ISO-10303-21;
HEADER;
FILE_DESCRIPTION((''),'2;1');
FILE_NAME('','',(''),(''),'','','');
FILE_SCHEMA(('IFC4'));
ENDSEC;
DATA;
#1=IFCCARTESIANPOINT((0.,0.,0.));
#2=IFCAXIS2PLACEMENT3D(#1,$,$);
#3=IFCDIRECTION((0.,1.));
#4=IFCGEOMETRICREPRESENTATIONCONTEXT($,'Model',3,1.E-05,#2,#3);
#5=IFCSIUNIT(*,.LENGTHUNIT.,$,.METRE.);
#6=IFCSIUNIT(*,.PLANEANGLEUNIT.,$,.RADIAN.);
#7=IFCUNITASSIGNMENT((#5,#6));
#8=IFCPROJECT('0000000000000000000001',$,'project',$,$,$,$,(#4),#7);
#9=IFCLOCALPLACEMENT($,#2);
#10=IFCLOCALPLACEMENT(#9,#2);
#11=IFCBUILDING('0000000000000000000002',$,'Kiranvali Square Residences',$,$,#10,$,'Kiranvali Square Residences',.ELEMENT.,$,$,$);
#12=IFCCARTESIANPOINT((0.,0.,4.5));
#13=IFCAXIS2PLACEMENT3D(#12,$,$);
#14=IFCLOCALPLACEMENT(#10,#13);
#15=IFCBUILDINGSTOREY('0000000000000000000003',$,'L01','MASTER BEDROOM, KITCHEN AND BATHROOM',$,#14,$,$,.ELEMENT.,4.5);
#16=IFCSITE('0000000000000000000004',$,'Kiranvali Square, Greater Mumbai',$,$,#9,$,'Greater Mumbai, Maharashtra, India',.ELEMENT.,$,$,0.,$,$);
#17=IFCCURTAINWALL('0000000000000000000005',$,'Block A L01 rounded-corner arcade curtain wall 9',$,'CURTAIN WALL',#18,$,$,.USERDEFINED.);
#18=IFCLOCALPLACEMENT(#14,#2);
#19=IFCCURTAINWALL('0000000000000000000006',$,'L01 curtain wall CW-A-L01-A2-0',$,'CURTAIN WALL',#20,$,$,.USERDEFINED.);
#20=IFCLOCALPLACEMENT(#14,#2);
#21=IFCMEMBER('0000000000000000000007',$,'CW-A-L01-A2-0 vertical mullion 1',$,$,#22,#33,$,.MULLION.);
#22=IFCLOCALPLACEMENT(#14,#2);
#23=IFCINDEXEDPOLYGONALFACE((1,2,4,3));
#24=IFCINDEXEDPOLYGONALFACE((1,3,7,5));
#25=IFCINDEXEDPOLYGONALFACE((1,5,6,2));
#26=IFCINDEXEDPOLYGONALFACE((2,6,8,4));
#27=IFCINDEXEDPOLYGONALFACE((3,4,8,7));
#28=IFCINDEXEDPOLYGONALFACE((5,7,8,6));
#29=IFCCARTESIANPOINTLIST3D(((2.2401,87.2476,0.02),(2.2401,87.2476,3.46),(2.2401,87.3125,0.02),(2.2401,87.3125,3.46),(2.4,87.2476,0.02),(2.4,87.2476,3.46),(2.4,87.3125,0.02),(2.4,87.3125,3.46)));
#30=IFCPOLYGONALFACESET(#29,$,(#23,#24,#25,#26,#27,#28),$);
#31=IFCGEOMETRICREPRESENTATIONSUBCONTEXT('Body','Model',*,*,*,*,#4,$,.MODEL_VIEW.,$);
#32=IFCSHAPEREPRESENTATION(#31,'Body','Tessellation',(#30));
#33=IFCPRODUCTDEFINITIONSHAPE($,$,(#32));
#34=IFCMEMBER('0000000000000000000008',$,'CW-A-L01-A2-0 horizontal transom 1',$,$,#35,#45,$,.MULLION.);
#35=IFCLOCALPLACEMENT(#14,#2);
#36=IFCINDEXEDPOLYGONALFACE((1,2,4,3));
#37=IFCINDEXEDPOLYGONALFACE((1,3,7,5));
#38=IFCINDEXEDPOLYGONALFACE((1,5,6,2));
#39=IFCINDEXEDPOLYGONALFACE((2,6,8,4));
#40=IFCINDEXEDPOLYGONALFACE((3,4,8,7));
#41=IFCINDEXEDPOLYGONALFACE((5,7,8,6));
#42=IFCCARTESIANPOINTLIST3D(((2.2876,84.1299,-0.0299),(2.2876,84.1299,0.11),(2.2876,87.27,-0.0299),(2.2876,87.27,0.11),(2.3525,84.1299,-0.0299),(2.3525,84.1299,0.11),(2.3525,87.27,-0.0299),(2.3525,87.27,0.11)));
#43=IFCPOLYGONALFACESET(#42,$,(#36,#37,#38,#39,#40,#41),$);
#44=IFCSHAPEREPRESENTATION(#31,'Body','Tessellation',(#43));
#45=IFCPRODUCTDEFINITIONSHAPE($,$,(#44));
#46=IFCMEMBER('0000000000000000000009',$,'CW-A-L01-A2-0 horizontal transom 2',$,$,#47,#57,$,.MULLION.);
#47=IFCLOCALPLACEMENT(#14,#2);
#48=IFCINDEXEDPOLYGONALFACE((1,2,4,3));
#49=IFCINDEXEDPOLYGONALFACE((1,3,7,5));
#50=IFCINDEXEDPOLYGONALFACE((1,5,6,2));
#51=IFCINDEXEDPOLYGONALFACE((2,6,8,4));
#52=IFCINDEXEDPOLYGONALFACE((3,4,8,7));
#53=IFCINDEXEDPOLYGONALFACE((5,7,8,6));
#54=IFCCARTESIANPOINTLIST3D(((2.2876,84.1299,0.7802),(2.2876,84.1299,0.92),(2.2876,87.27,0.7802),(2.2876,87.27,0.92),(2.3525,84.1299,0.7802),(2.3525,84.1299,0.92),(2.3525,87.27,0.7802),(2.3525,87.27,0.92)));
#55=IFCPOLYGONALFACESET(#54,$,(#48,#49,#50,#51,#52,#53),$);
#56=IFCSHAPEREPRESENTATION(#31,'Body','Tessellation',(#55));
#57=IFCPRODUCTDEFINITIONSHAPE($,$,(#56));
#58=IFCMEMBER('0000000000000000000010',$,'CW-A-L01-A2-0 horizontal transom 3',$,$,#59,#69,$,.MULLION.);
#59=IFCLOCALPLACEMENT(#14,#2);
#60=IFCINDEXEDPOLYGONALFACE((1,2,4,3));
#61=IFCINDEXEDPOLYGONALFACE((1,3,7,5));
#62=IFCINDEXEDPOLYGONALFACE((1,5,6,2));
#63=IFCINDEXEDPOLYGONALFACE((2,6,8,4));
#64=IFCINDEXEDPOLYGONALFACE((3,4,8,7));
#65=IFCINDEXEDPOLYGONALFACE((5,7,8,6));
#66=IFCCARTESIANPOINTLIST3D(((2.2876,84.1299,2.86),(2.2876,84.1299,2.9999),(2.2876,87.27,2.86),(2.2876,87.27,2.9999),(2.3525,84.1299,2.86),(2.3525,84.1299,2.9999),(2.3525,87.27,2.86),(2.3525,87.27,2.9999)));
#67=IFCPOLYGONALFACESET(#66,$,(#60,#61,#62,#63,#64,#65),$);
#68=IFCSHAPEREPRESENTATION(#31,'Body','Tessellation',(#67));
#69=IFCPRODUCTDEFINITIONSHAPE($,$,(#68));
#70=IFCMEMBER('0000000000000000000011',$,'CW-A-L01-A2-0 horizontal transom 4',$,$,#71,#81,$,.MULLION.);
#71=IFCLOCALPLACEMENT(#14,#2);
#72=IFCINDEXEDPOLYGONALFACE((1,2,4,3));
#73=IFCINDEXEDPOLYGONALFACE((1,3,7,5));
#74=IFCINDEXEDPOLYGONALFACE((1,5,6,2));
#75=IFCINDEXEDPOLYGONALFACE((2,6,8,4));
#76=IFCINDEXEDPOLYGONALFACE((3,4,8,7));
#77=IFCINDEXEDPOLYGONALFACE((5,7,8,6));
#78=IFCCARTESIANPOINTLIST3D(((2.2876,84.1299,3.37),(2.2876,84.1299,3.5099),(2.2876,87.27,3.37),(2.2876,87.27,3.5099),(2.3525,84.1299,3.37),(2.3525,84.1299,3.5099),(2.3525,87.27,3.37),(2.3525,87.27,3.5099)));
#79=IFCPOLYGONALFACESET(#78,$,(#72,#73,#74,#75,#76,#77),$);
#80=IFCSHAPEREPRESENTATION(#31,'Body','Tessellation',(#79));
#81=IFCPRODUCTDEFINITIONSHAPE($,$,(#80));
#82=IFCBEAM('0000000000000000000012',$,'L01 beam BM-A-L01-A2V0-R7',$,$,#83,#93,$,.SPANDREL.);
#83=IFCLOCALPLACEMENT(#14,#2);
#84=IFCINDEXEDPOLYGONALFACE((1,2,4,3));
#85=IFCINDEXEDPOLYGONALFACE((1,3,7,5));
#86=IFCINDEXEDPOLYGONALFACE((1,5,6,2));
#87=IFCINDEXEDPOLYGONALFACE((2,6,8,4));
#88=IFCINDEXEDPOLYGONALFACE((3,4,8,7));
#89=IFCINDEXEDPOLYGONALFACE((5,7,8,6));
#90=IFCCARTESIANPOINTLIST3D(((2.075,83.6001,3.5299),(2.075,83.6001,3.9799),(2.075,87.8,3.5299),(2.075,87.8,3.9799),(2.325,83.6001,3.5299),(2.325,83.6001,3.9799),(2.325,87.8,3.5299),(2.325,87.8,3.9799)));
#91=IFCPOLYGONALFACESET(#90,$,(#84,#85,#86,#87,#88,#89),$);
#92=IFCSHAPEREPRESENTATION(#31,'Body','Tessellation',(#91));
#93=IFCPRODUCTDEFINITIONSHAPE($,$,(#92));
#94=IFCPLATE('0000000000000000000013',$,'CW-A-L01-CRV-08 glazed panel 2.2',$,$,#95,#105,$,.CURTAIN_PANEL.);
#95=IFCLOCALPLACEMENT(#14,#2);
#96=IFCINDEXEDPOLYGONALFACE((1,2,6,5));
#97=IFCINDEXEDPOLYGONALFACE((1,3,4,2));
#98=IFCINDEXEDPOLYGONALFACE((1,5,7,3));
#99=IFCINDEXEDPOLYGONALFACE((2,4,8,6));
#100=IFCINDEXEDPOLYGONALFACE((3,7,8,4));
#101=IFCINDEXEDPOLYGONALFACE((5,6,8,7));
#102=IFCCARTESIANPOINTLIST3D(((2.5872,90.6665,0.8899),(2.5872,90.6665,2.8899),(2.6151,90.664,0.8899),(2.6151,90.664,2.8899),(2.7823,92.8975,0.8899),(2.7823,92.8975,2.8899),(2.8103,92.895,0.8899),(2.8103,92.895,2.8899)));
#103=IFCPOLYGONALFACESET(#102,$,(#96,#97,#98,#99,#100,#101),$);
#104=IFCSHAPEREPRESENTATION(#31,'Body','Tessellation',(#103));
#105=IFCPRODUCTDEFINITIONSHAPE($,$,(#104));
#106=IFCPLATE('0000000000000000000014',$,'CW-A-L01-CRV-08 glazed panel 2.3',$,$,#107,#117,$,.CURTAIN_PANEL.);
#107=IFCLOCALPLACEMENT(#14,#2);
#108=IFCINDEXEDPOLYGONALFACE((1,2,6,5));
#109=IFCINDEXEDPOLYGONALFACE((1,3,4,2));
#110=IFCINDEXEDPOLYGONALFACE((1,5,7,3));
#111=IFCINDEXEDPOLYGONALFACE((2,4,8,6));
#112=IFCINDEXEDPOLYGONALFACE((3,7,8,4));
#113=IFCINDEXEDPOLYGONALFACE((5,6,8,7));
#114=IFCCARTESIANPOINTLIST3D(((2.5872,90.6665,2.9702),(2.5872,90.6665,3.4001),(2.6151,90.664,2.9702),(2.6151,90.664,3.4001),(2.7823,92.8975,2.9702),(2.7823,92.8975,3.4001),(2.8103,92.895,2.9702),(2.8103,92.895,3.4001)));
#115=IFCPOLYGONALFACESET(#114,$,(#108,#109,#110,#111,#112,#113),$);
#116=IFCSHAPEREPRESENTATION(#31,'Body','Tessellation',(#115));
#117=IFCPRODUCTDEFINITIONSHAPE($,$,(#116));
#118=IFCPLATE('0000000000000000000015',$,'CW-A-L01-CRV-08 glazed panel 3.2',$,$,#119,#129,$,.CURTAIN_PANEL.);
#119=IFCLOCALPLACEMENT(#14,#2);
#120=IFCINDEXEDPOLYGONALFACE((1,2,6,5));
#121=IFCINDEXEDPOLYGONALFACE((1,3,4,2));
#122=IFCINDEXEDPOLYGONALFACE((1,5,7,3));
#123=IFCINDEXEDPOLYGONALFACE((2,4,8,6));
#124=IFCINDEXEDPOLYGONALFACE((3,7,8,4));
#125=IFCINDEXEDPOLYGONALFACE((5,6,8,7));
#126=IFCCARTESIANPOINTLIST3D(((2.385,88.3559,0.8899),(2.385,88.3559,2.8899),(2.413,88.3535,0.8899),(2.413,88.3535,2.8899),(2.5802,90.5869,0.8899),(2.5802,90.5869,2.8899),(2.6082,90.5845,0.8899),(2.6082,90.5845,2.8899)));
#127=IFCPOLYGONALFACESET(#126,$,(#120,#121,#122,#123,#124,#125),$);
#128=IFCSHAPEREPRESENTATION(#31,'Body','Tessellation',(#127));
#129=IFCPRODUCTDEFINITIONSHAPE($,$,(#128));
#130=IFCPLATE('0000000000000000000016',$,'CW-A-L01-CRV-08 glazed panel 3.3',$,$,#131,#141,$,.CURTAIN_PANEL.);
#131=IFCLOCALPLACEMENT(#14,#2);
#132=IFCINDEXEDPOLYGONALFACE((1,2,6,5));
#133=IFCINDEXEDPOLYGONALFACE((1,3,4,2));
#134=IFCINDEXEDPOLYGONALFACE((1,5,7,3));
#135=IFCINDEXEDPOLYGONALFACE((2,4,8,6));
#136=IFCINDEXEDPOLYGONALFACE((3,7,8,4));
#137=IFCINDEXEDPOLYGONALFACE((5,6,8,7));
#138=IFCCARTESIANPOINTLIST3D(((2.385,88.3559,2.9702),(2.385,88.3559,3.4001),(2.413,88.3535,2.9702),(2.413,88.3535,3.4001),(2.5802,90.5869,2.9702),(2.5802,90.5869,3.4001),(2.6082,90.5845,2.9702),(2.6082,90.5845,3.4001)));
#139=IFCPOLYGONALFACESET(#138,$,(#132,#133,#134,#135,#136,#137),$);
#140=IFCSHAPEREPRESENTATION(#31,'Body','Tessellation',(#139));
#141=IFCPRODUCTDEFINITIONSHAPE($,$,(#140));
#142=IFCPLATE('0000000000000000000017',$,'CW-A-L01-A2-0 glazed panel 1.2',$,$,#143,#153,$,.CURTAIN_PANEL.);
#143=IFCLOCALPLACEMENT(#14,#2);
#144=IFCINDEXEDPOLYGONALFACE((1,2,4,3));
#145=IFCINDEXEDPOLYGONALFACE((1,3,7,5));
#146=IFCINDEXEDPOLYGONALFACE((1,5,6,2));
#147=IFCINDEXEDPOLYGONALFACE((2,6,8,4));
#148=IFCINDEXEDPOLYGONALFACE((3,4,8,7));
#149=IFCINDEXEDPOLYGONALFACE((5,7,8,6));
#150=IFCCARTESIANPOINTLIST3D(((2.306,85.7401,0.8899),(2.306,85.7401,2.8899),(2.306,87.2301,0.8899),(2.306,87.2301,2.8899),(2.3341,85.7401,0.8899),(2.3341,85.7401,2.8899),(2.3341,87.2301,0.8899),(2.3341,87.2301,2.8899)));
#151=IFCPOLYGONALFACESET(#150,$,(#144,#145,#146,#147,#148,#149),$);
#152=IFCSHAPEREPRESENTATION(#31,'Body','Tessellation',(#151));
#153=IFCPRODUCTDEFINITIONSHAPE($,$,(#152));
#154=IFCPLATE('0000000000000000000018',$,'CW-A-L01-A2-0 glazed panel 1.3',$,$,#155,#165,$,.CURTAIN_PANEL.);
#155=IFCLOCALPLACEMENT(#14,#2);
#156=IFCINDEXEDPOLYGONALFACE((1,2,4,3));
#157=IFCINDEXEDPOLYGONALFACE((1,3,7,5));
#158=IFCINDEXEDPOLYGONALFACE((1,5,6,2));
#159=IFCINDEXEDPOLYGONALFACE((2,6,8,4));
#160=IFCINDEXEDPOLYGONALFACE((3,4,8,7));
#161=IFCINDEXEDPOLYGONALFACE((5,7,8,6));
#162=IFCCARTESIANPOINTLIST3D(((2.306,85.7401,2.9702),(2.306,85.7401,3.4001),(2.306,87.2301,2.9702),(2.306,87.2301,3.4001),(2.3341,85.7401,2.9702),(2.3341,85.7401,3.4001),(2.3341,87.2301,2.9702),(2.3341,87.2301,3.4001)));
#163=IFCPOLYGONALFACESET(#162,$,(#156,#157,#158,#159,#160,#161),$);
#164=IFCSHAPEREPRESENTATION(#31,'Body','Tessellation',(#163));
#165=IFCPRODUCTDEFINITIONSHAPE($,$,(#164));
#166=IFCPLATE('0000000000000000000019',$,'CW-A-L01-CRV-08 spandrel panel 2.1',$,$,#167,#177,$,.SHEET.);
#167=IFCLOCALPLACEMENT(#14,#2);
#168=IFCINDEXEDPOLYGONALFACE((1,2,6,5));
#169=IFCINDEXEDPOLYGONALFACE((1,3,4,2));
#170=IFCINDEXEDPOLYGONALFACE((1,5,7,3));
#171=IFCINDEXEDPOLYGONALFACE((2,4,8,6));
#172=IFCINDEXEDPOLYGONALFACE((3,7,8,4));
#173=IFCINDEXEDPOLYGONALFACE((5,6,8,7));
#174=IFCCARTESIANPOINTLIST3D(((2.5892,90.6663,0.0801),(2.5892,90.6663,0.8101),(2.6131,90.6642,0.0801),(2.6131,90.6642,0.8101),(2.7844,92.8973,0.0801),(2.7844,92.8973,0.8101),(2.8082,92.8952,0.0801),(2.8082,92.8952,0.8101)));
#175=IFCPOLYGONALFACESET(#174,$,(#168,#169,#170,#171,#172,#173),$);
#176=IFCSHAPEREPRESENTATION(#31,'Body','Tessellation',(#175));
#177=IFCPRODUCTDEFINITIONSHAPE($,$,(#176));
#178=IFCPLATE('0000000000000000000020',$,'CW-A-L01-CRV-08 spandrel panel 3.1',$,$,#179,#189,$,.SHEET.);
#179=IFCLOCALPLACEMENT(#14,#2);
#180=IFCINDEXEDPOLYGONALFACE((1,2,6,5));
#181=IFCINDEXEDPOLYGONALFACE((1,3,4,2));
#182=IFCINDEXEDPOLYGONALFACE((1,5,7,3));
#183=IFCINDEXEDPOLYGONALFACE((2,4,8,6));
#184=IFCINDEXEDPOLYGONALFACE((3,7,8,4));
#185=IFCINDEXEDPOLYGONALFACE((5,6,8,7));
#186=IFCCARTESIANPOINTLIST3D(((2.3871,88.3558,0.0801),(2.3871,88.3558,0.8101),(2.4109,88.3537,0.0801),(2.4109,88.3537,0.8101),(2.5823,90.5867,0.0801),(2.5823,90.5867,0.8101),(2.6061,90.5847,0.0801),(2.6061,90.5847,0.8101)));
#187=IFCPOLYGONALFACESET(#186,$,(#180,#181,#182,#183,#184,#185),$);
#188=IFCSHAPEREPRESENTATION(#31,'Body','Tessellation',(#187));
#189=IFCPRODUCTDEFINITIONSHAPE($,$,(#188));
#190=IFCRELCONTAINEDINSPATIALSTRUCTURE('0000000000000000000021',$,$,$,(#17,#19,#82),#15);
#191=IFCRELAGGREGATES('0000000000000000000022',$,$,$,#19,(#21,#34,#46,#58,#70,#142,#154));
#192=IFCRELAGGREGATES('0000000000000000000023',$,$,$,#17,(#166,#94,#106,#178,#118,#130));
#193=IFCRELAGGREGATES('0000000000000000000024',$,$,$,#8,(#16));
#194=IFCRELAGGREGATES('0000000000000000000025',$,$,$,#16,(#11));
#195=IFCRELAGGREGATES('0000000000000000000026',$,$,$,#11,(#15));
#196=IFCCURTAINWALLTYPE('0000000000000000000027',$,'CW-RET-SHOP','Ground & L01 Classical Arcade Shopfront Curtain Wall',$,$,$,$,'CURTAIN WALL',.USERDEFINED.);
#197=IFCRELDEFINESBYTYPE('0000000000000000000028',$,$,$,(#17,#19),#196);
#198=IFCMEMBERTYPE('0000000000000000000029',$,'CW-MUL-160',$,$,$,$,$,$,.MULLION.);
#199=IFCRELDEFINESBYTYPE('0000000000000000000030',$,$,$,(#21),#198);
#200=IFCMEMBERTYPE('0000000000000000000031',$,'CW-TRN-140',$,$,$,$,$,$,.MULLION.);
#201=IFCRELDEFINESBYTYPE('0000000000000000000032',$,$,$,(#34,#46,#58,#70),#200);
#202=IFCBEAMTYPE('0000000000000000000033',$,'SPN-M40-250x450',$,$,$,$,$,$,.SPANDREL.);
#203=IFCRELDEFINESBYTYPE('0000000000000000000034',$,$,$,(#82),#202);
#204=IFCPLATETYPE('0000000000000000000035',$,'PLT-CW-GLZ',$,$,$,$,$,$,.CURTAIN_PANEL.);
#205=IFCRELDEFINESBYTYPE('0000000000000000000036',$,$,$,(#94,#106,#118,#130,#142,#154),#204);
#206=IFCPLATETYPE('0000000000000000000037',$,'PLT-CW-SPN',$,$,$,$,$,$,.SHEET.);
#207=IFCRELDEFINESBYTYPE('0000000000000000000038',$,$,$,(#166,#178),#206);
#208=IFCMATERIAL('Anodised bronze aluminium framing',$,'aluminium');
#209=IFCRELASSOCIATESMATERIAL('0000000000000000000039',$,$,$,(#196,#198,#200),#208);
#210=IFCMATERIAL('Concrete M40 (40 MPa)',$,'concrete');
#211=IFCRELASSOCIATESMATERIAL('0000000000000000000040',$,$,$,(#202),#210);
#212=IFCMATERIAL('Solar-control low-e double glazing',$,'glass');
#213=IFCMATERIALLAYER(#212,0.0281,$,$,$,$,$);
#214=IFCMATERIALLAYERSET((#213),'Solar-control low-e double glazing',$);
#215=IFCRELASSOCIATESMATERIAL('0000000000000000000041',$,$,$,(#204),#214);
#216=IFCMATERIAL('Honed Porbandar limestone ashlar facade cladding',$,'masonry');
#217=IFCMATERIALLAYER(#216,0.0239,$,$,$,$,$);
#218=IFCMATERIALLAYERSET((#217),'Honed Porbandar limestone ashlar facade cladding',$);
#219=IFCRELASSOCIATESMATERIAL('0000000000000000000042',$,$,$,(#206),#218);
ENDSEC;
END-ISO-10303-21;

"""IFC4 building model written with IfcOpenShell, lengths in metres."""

from ifc_helpers import new_model, si_unit, direction, frame, origin, origin_2d, place, context, subcontext, project, spatial, rectangle, extrude, material, layer, layer_set, material_profile, profile_set, type_object, element, aggregate, save


model = new_model("IFC4")

# Units and contexts
model_context = context("Model", 3, precision=1e-05, world=origin(), true_north=direction((0.0, 1.0)))
body_context = subcontext(model_context, "Body", "Model", "MODEL_VIEW")
ifc_project = project(units=[si_unit("LENGTHUNIT", "METRE"), si_unit("PLANEANGLEUNIT", "RADIAN")], contexts=[model_context])

# Site, building, storey
site_placement = place(None, origin())
site = spatial("IfcSite", under=ifc_project, at=site_placement, Name="Kiranvali Square, Greater Mumbai", LongName="Greater Mumbai, Maharashtra, India", CompositionType="ELEMENT", RefElevation=0.0)
building_placement = place(site_placement, origin())
building = spatial("IfcBuilding", under=site, at=building_placement, Name="Kiranvali Square Residences", LongName="Kiranvali Square Residences", CompositionType="ELEMENT")
storey_placement = place(building_placement, frame((0.0, 0.0, 4.5)))
storey = spatial("IfcBuildingStorey", under=building, at=storey_placement, Name="L01", Description="MASTER BEDROOM, KITCHEN AND BATHROOM", CompositionType="ELEMENT", Elevation=4.5)

# Shared definitions
ifc_material_1 = material(Name="Concrete M40 (40 MPa)", Category="concrete")

# Curtain walls, members
ifc_material_2 = material(Name="Anodised bronze aluminium framing", Category="aluminium")
curtain_wall_type = type_object("IfcCurtainWallType", Name="CW-RET-SHOP", Description="Ground & L01 Classical Arcade Shopfront Curtain Wall", ElementType="CURTAIN WALL", PredefinedType="USERDEFINED", material=ifc_material_2)
curtain_wall_1_placement = place(storey_placement, origin())
curtain_wall_1 = element("IfcCurtainWall", 1, at=curtain_wall_1_placement, inside=storey, type_object=curtain_wall_type, Name="Block A L01 rounded-corner arcade curtain wall 9", ObjectType="CURTAIN WALL", PredefinedType="USERDEFINED")
ifc_material_profile_1 = material_profile(ifc_material_2, rectangle(XDim=0.0649, YDim=0.1599, at=origin_2d()), Name="ALU 65x160")
ifc_profile_set_1 = profile_set([ifc_material_profile_1], Name="Anodised bronze aluminium framing")
member_type_1 = type_object("IfcMemberType", Name="CW-MUL-160", PredefinedType="MULLION", material=ifc_profile_set_1)
curtain_wall_2_placement = place(storey_placement, origin())
curtain_wall_2 = element("IfcCurtainWall", 2, at=curtain_wall_2_placement, inside=storey, type_object=curtain_wall_type, Name="L01 curtain wall CW-A-L01-A2-0", ObjectType="CURTAIN WALL", PredefinedType="USERDEFINED")
member_1_placement = place(storey_placement, frame((2.3201, 87.28, 0.02), z_axis=(0.0, 0.0, 1.0), x_axis=(0.0, -1.0, 0.0)))
member_1 = element("IfcMember", 3, at=member_1_placement, type_object=member_type_1, Name="CW-A-L01-A2-0 vertical mullion 1", PredefinedType="MULLION", context=body_context, shape_type="SweptSolid", body=[
    extrude(rectangle(XDim=0.0649, YDim=0.1599, at=origin_2d()), origin(), (0.0, 0.0, 1.0), 3.4399),
])
ifc_material_profile_2 = material_profile(ifc_material_2, rectangle(XDim=0.0649, YDim=0.1399, at=origin_2d()), Name="ALU 65x140")
ifc_profile_set_2 = profile_set([ifc_material_profile_2], Name="Anodised bronze aluminium framing")
member_type_2 = type_object("IfcMemberType", Name="CW-TRN-140", PredefinedType="MULLION", material=ifc_profile_set_2)
member_2_placement = place(storey_placement, frame((2.3201, 87.27, 0.04), z_axis=(0.0, -1.0, 0.0), x_axis=(1.0, 0.0, 0.0)))
member_2 = element("IfcMember", 4, at=member_2_placement, type_object=member_type_2, Name="CW-A-L01-A2-0 horizontal transom 1", PredefinedType="MULLION", context=body_context, shape_type="SweptSolid", body=[
    extrude(rectangle(XDim=0.0649, YDim=0.1399, at=origin_2d()), origin(), (0.0, 0.0, 1.0), 3.1401),
])
member_3_placement = place(storey_placement, frame((2.3201, 87.27, 0.8501), z_axis=(0.0, -1.0, 0.0), x_axis=(1.0, 0.0, 0.0)))
member_3 = element("IfcMember", 5, at=member_3_placement, type_object=member_type_2, Name="CW-A-L01-A2-0 horizontal transom 2", PredefinedType="MULLION", context=body_context, shape_type="SweptSolid", body=[
    extrude(rectangle(XDim=0.0649, YDim=0.1399, at=origin_2d()), origin(), (0.0, 0.0, 1.0), 3.1401),
])
member_4_placement = place(storey_placement, frame((2.3201, 87.27, 2.9299), z_axis=(0.0, -1.0, 0.0), x_axis=(1.0, 0.0, 0.0)))
member_4 = element("IfcMember", 6, at=member_4_placement, type_object=member_type_2, Name="CW-A-L01-A2-0 horizontal transom 3", PredefinedType="MULLION", context=body_context, shape_type="SweptSolid", body=[
    extrude(rectangle(XDim=0.0649, YDim=0.1399, at=origin_2d()), origin(), (0.0, 0.0, 1.0), 3.1401),
])
member_5_placement = place(storey_placement, frame((2.3201, 87.27, 3.4399), z_axis=(0.0, -1.0, 0.0), x_axis=(1.0, 0.0, 0.0)))
member_5 = element("IfcMember", 7, at=member_5_placement, type_object=member_type_2, Name="CW-A-L01-A2-0 horizontal transom 4", PredefinedType="MULLION", context=body_context, shape_type="SweptSolid", body=[
    extrude(rectangle(XDim=0.0649, YDim=0.1399, at=origin_2d()), origin(), (0.0, 0.0, 1.0), 3.1401),
])

# Beam
ifc_material_profile_3 = material_profile(ifc_material_1, rectangle(XDim=0.25, YDim=0.45, at=origin_2d()), Name="RC 250x450")
ifc_profile_set_3 = profile_set([ifc_material_profile_3], Name="Concrete M40 (40 MPa)")
beam_type_1 = type_object("IfcBeamType", Name="SPN-M40-250x450", PredefinedType="SPANDREL", material=ifc_profile_set_3)
beam_1_placement = place(storey_placement, frame((2.2, 87.8, 3.7549), z_axis=(0.0, -1.0, 0.0), x_axis=(1.0, 0.0, 0.0)))
element("IfcBeam", 8, at=beam_1_placement, inside=storey, type_object=beam_type_1, Name="L01 beam BM-A-L01-A2V0-R7", PredefinedType="SPANDREL", context=body_context, shape_type="SweptSolid", body=[
    extrude(rectangle(XDim=0.25, YDim=0.45, at=origin_2d()), origin(), (0.0, 0.0, 1.0), 4.2),
])

# Plates
ifc_material_3 = material(Name="Solar-control low-e double glazing", Category="glass")
ifc_layer_1 = layer(ifc_material_3, 0.0281)
ifc_layer_set_1 = layer_set([ifc_layer_1], Name="Solar-control low-e double glazing")
plate_type_1 = type_object("IfcPlateType", Name="PLT-CW-GLZ", PredefinedType="CURTAIN_PANEL", material=ifc_layer_set_1)
plate_1_placement = place(storey_placement, frame((2.6987, 91.7808, 0.8899), z_axis=(0.0, 0.0, 1.0), x_axis=(-0.087156, -0.996195, 0.0)))
plate_1 = element("IfcPlate", 9, at=plate_1_placement, type_object=plate_type_1, Name="CW-A-L01-CRV-08 glazed panel 2.2", PredefinedType="CURTAIN_PANEL", context=body_context, shape_type="SweptSolid", body=[
    extrude(rectangle(XDim=2.2395, YDim=0.0281, at=origin_2d()), origin(), (0.0, 0.0, 1.0), 2.0),
])
plate_2_placement = place(storey_placement, frame((2.6987, 91.7808, 2.9702), z_axis=(0.0, 0.0, 1.0), x_axis=(-0.087156, -0.996195, 0.0)))
plate_2 = element("IfcPlate", 10, at=plate_2_placement, type_object=plate_type_1, Name="CW-A-L01-CRV-08 glazed panel 2.3", PredefinedType="CURTAIN_PANEL", context=body_context, shape_type="SweptSolid", body=[
    extrude(rectangle(XDim=2.2395, YDim=0.0281, at=origin_2d()), origin(), (0.0, 0.0, 1.0), 0.4299),
])
plate_3_placement = place(storey_placement, frame((2.4966, 89.4702, 0.8899), z_axis=(0.0, 0.0, 1.0), x_axis=(-0.087156, -0.996195, 0.0)))
plate_3 = element("IfcPlate", 11, at=plate_3_placement, type_object=plate_type_1, Name="CW-A-L01-CRV-08 glazed panel 3.2", PredefinedType="CURTAIN_PANEL", context=body_context, shape_type="SweptSolid", body=[
    extrude(rectangle(XDim=2.2395, YDim=0.0281, at=origin_2d()), origin(), (0.0, 0.0, 1.0), 2.0),
])
plate_4_placement = place(storey_placement, frame((2.4966, 89.4702, 2.9702), z_axis=(0.0, 0.0, 1.0), x_axis=(-0.087156, -0.996195, 0.0)))
plate_4 = element("IfcPlate", 12, at=plate_4_placement, type_object=plate_type_1, Name="CW-A-L01-CRV-08 glazed panel 3.3", PredefinedType="CURTAIN_PANEL", context=body_context, shape_type="SweptSolid", body=[
    extrude(rectangle(XDim=2.2395, YDim=0.0281, at=origin_2d()), origin(), (0.0, 0.0, 1.0), 0.4299),
])
plate_5_placement = place(storey_placement, frame((2.3201, 86.4851, 0.8899), z_axis=(0.0, 0.0, 1.0), x_axis=(0.0, -1.0, 0.0)))
plate_5 = element("IfcPlate", 13, at=plate_5_placement, type_object=plate_type_1, Name="CW-A-L01-A2-0 glazed panel 1.2", PredefinedType="CURTAIN_PANEL", context=body_context, shape_type="SweptSolid", body=[
    extrude(rectangle(XDim=1.49, YDim=0.0281, at=origin_2d()), origin(), (0.0, 0.0, 1.0), 2.0),
])
plate_6_placement = place(storey_placement, frame((2.3201, 86.4851, 2.9702), z_axis=(0.0, 0.0, 1.0), x_axis=(0.0, -1.0, 0.0)))
plate_6 = element("IfcPlate", 14, at=plate_6_placement, type_object=plate_type_1, Name="CW-A-L01-A2-0 glazed panel 1.3", PredefinedType="CURTAIN_PANEL", context=body_context, shape_type="SweptSolid", body=[
    extrude(rectangle(XDim=1.49, YDim=0.0281, at=origin_2d()), origin(), (0.0, 0.0, 1.0), 0.4299),
])
aggregate(curtain_wall_2, [member_1, member_2, member_3, member_4, member_5, plate_5, plate_6])
ifc_material_4 = material(Name="Honed Porbandar limestone ashlar facade cladding", Category="masonry")
ifc_layer_2 = layer(ifc_material_4, 0.0239)
ifc_layer_set_2 = layer_set([ifc_layer_2], Name="Honed Porbandar limestone ashlar facade cladding")
plate_type_2 = type_object("IfcPlateType", Name="PLT-CW-SPN", PredefinedType="SHEET", material=ifc_layer_set_2)
plate_7_placement = place(storey_placement, frame((2.6987, 91.7808, 0.0801), z_axis=(0.0, 0.0, 1.0), x_axis=(-0.087156, -0.996195, 0.0)))
plate_7 = element("IfcPlate", 15, at=plate_7_placement, type_object=plate_type_2, Name="CW-A-L01-CRV-08 spandrel panel 2.1", PredefinedType="SHEET", context=body_context, shape_type="SweptSolid", body=[
    extrude(rectangle(XDim=2.2395, YDim=0.0239, at=origin_2d()), origin(), (0.0, 0.0, 1.0), 0.73),
])
plate_8_placement = place(storey_placement, frame((2.4966, 89.4702, 0.0801), z_axis=(0.0, 0.0, 1.0), x_axis=(-0.087156, -0.996195, 0.0)))
plate_8 = element("IfcPlate", 16, at=plate_8_placement, type_object=plate_type_2, Name="CW-A-L01-CRV-08 spandrel panel 3.1", PredefinedType="SHEET", context=body_context, shape_type="SweptSolid", body=[
    extrude(rectangle(XDim=2.2395, YDim=0.0239, at=origin_2d()), origin(), (0.0, 0.0, 1.0), 0.73),
])
aggregate(curtain_wall_1, [plate_7, plate_1, plate_2, plate_8, plate_3, plate_4])

save(model, "model.ifc")
